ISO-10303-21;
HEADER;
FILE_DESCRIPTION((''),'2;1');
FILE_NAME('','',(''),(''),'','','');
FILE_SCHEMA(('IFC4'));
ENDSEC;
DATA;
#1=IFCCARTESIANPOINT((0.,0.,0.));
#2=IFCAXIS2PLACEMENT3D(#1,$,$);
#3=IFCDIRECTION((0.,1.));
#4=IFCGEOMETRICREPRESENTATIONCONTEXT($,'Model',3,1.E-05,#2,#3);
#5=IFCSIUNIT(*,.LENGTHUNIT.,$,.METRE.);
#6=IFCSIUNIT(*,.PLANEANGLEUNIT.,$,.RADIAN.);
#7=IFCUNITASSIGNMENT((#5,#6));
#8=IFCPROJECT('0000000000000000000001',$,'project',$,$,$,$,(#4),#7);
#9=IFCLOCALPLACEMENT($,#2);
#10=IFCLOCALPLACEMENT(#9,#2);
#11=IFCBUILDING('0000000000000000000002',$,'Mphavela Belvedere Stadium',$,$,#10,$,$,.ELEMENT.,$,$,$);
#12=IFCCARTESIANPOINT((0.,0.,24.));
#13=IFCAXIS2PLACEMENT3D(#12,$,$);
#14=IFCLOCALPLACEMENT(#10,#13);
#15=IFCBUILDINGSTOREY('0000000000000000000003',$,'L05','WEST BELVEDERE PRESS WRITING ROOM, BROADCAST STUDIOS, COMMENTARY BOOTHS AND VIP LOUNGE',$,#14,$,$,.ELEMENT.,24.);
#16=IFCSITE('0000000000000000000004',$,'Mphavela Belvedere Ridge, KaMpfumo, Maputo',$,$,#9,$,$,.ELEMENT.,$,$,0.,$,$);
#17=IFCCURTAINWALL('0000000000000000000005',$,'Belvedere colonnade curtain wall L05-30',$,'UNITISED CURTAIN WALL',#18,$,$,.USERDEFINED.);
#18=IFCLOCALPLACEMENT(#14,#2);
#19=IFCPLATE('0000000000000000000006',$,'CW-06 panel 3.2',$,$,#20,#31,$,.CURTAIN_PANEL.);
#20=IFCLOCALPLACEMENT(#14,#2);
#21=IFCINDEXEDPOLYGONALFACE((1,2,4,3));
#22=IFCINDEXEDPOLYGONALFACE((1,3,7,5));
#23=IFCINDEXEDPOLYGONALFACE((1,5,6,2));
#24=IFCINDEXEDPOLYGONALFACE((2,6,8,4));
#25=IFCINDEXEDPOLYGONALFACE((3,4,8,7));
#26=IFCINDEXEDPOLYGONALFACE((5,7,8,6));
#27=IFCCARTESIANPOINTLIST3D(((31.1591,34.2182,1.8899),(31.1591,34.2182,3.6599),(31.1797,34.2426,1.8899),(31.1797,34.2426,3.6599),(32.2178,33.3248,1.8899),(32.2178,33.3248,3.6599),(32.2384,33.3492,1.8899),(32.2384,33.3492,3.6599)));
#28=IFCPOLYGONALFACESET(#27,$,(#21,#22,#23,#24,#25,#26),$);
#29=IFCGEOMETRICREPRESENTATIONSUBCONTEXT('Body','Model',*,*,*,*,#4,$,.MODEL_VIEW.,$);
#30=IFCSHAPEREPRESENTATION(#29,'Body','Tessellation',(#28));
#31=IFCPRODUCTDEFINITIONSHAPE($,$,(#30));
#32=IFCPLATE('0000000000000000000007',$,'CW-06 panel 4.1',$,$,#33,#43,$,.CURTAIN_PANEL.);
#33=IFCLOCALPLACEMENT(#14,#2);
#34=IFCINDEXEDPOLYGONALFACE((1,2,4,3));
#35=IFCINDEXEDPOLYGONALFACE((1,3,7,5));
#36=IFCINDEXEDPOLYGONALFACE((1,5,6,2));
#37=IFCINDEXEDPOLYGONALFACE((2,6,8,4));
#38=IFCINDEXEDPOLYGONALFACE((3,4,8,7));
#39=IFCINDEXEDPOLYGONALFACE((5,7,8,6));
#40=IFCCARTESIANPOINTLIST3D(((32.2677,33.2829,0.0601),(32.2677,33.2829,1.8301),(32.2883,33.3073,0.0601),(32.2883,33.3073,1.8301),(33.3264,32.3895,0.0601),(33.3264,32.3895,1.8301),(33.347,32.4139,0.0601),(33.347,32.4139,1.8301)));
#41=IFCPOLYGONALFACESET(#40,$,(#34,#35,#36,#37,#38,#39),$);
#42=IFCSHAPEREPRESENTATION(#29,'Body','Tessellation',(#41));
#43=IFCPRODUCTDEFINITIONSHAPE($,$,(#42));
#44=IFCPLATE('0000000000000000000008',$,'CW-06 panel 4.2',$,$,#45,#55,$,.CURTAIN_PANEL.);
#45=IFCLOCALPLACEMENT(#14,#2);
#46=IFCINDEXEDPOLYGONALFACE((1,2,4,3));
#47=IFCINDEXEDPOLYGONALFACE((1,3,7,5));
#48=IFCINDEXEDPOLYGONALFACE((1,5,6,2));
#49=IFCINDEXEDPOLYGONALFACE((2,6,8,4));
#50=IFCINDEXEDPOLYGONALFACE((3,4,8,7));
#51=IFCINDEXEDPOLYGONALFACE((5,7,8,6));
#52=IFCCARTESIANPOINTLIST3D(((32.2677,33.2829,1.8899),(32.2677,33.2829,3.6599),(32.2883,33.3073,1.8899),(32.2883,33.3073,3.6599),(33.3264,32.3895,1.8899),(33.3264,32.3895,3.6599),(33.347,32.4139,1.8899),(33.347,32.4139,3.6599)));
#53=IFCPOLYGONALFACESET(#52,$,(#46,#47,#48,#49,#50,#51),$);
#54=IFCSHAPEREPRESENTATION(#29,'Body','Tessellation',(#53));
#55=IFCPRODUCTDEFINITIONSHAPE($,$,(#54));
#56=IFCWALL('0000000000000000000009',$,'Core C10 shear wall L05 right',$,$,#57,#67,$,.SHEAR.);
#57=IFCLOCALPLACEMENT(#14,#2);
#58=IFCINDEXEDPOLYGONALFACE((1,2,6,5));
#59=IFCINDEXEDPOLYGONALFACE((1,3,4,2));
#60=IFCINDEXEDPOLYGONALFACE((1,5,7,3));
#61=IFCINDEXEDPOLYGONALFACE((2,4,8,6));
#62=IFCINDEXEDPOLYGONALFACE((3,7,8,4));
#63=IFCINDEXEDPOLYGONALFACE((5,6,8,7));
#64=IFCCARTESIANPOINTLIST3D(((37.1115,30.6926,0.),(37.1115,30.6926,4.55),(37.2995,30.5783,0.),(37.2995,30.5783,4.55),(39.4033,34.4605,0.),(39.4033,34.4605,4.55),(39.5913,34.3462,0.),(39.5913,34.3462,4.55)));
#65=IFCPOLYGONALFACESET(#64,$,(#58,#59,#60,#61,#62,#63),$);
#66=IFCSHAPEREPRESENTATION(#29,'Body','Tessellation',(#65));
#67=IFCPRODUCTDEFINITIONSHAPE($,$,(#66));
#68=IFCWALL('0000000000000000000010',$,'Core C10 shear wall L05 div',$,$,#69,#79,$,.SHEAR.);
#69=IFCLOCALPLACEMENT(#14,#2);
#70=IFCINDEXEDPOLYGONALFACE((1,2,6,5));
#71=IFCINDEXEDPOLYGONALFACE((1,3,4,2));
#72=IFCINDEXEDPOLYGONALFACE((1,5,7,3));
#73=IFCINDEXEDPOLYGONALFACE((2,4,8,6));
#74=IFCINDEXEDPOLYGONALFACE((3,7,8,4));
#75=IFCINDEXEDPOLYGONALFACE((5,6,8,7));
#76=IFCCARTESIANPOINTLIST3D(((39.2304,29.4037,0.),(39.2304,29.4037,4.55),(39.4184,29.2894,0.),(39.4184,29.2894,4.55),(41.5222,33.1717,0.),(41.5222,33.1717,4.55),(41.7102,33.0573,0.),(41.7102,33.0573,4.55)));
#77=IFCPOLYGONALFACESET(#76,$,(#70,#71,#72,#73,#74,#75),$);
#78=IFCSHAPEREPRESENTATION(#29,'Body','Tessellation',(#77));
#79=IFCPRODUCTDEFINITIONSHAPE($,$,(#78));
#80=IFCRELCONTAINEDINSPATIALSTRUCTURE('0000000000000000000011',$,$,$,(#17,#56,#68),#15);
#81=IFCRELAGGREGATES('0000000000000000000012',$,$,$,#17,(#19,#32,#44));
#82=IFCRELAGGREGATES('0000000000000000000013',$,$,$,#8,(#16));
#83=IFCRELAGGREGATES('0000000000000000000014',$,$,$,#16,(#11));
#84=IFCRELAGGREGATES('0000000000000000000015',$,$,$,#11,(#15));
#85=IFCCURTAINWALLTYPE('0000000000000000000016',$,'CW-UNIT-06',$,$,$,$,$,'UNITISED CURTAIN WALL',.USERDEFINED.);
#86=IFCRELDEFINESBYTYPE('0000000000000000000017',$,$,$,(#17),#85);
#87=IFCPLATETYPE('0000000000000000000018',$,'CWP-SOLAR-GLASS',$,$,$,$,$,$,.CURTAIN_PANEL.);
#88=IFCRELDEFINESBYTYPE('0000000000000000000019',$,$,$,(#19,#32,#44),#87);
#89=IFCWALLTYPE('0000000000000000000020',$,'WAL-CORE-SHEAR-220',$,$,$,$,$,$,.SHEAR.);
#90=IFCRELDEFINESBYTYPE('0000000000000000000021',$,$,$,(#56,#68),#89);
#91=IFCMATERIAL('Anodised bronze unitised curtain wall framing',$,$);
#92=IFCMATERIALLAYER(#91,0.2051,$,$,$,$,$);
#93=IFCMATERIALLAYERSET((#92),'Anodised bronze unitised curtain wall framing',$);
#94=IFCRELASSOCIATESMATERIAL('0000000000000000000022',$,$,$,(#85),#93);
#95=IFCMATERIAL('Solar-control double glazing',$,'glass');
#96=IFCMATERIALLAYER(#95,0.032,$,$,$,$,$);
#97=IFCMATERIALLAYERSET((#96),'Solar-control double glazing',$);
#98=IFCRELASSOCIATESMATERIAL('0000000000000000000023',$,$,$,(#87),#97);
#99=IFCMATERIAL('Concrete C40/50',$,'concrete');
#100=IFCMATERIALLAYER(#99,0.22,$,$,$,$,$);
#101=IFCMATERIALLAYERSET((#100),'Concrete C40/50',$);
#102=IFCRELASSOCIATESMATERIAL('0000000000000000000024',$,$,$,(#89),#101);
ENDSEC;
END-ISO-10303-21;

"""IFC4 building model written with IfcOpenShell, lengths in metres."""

from ifc_helpers import new_model, si_unit, direction, frame, frame_2d, origin, origin_2d, place, context, subcontext, project, spatial, rectangle, extrude, material, layer, layer_set, type_object, element, aggregate, save


model = new_model("IFC4")

# Units and contexts
model_context = context("Model", 3, precision=1e-05, world=origin(), true_north=direction((0.0, 1.0)))
body_context = subcontext(model_context, "Body", "Model", "MODEL_VIEW")
ifc_project = project(units=[si_unit("LENGTHUNIT", "METRE"), si_unit("PLANEANGLEUNIT", "RADIAN")], contexts=[model_context])

# Site, building, storey
site_placement = place(None, origin())
site = spatial("IfcSite", under=ifc_project, at=site_placement, Name="Mphavela Belvedere Ridge, KaMpfumo, Maputo", CompositionType="ELEMENT", RefElevation=0.0)
building_placement = place(site_placement, origin())
building = spatial("IfcBuilding", under=site, at=building_placement, Name="Mphavela Belvedere Stadium", CompositionType="ELEMENT")
storey_placement = place(building_placement, frame((0.0, 0.0, 24.0)))
storey = spatial("IfcBuildingStorey", under=building, at=storey_placement, Name="L05", Description="WEST BELVEDERE PRESS WRITING ROOM, BROADCAST STUDIOS, COMMENTARY BOOTHS AND VIP LOUNGE", CompositionType="ELEMENT", Elevation=24.0)

# Curtain wall, plates
ifc_material_1 = material(Name="Anodised bronze unitised curtain wall framing")
ifc_layer_1 = layer(ifc_material_1, 0.2051)
ifc_layer_set_1 = layer_set([ifc_layer_1], Name="Anodised bronze unitised curtain wall framing")
curtain_wall_type = type_object("IfcCurtainWallType", Name="CW-UNIT-06", ElementType="UNITISED CURTAIN WALL", PredefinedType="USERDEFINED", material=ifc_layer_set_1)
curtain_wall_placement = place(storey_placement, origin())
curtain_wall = element("IfcCurtainWall", 1, at=curtain_wall_placement, inside=storey, type_object=curtain_wall_type, Name="Belvedere colonnade curtain wall L05-30", ObjectType="UNITISED CURTAIN WALL", PredefinedType="USERDEFINED")
ifc_material_2 = material(Name="Solar-control double glazing", Category="glass")
ifc_layer_2 = layer(ifc_material_2, 0.032)
ifc_layer_set_2 = layer_set([ifc_layer_2], Name="Solar-control double glazing")
plate_type = type_object("IfcPlateType", Name="CWP-SOLAR-GLASS", PredefinedType="CURTAIN_PANEL", material=ifc_layer_set_2)
plate_1_placement = place(storey_placement, frame((31.6987, 33.7837, 1.8899), z_axis=(0.0, 0.0, 1.0), x_axis=(0.764253, -0.644916, 0.0)))
plate_1 = element("IfcPlate", 2, at=plate_1_placement, type_object=plate_type, Name="CW-06 panel 3.2", PredefinedType="CURTAIN_PANEL", context=body_context, shape_type="SweptSolid", body=[
    extrude(rectangle(XDim=1.3853, YDim=0.032, at=origin_2d()), origin(), (0.0, 0.0, 1.0), 1.77),
])
plate_2_placement = place(storey_placement, frame((32.8074, 32.8484, 0.0601), z_axis=(0.0, 0.0, 1.0), x_axis=(0.764253, -0.644916, 0.0)))
plate_2 = element("IfcPlate", 3, at=plate_2_placement, type_object=plate_type, Name="CW-06 panel 4.1", PredefinedType="CURTAIN_PANEL", context=body_context, shape_type="SweptSolid", body=[
    extrude(rectangle(XDim=1.3853, YDim=0.032, at=origin_2d()), origin(), (0.0, 0.0, 1.0), 1.77),
])
plate_3_placement = place(storey_placement, frame((32.8074, 32.8484, 1.8899), z_axis=(0.0, 0.0, 1.0), x_axis=(0.764253, -0.644916, 0.0)))
plate_3 = element("IfcPlate", 4, at=plate_3_placement, type_object=plate_type, Name="CW-06 panel 4.2", PredefinedType="CURTAIN_PANEL", context=body_context, shape_type="SweptSolid", body=[
    extrude(rectangle(XDim=1.3853, YDim=0.032, at=origin_2d()), origin(), (0.0, 0.0, 1.0), 1.77),
])
aggregate(curtain_wall, [plate_1, plate_2, plate_3])

# Walls
ifc_material_3 = material(Name="Concrete C40/50", Category="concrete")
ifc_layer_3 = layer(ifc_material_3, 0.22)
ifc_layer_set_3 = layer_set([ifc_layer_3], Name="Concrete C40/50")
wall_type = type_object("IfcWallType", Name="WAL-CORE-SHEAR-220", PredefinedType="SHEAR", material=ifc_layer_set_3)
for number, where, z_axis, x_axis, name in (
    (5, (39.4973, 34.4033, 0.0), (0.0, 0.0, 1.0), (-0.519664, -0.854371, 0.0), "Core C10 shear wall L05 right"),
    (6, (41.6162, 33.1145, 0.0), (0.0, 0.0, 1.0), (-0.519664, -0.854371, 0.0), "Core C10 shear wall L05 div"),
):
    element("IfcWall", number, at=place(storey_placement, frame(where, z_axis=z_axis, x_axis=x_axis)), inside=storey, type_object=wall_type, Name=name, PredefinedType="SHEAR", context=body_context, shape_type="SweptSolid", body=[
        extrude(rectangle(XDim=4.4102, YDim=0.22, at=frame_2d((2.2051, 0.0))), origin(), (0.0, 0.0, 1.0), 4.55),
    ])

save(model, "model.ifc")
